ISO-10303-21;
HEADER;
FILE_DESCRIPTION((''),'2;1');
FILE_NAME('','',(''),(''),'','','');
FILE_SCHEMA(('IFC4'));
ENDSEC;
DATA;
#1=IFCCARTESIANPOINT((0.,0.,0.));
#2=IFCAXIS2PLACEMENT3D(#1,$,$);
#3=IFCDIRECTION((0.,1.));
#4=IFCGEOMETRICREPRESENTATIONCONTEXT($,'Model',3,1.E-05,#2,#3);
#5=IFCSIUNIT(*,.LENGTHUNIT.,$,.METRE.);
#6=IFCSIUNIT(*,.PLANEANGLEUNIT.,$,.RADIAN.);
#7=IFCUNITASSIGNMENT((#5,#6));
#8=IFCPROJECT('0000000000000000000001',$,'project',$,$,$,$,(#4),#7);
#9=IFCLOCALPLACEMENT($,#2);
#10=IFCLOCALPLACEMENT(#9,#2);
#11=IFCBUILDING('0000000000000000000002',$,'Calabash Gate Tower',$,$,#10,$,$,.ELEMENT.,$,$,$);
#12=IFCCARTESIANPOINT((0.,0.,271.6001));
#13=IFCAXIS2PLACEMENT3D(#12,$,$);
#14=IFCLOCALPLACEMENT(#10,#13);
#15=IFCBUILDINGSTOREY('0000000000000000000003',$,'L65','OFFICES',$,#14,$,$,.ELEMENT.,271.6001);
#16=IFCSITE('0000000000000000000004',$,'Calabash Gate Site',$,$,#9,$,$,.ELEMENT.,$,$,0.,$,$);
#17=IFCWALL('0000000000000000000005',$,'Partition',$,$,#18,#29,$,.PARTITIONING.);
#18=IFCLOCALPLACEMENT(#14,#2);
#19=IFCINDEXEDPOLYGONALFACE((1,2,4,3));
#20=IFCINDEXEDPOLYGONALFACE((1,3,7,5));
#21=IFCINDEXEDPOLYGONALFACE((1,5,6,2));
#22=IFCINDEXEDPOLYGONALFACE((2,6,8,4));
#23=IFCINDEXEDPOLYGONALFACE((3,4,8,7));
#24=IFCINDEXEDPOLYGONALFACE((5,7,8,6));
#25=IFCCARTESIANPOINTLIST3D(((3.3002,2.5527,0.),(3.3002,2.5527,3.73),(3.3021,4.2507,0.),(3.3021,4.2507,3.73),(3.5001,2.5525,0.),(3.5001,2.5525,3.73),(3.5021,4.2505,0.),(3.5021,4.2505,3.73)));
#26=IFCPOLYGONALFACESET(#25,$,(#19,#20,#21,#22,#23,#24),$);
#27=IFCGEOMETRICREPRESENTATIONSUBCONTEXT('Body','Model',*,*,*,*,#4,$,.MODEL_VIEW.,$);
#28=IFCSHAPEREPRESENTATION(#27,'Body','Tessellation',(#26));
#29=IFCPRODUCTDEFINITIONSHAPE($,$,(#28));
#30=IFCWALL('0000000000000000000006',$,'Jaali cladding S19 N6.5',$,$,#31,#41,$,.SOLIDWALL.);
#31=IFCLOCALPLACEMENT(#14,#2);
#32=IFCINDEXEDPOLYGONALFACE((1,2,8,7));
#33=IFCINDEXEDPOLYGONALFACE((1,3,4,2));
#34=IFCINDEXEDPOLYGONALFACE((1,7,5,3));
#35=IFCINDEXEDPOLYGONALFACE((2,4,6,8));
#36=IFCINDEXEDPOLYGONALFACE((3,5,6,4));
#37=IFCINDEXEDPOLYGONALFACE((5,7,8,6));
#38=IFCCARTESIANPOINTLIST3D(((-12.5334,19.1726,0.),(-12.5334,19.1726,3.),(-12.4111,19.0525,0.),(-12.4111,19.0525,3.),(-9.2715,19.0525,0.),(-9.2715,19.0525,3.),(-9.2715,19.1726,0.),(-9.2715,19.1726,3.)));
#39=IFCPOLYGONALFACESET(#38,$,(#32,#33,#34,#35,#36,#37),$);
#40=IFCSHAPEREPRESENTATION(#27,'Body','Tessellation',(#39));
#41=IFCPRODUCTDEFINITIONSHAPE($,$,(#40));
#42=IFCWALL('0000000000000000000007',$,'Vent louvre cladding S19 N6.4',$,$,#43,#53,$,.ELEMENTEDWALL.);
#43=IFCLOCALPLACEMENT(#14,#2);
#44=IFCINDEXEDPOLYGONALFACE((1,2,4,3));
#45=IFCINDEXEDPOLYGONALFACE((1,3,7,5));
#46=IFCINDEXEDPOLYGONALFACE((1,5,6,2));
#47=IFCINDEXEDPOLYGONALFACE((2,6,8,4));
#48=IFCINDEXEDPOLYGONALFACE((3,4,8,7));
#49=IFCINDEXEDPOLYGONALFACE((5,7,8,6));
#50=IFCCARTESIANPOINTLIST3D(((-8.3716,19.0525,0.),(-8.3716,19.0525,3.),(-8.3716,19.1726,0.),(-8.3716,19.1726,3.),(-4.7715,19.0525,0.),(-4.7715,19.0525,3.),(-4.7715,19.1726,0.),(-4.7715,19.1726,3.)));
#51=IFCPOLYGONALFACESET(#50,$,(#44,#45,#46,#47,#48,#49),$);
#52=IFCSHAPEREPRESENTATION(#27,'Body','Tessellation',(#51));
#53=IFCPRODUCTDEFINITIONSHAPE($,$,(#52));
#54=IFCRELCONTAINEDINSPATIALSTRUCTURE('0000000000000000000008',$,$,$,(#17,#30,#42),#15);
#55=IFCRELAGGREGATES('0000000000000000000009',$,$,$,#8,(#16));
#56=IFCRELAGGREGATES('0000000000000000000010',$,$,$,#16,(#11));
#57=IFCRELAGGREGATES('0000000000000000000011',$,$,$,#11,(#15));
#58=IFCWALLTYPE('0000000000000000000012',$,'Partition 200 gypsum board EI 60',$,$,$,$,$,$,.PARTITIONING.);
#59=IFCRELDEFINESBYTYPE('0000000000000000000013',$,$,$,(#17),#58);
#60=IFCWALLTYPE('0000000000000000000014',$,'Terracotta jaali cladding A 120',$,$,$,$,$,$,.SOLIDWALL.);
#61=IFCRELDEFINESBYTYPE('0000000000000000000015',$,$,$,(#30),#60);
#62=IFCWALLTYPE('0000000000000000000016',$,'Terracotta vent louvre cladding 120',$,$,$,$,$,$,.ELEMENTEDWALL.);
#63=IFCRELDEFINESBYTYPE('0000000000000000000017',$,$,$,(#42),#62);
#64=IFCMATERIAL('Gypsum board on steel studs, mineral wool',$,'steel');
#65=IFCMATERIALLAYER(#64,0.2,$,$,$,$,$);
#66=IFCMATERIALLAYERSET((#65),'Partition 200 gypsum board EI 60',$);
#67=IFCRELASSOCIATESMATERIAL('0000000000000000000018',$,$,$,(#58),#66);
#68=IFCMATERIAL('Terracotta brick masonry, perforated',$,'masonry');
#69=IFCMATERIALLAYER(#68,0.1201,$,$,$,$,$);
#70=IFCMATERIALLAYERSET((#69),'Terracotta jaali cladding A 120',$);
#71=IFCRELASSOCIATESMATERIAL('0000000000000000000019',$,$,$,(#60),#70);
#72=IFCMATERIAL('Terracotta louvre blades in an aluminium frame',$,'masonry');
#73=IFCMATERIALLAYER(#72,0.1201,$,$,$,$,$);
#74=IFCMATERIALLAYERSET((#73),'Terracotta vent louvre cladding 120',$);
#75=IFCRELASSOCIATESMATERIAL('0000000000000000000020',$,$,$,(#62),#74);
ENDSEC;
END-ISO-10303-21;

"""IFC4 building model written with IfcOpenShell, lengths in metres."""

from ifc_helpers import new_model, si_unit, direction, frame, frame_2d, origin, place, context, subcontext, project, spatial, polyline, rectangle, outline, extrude, material, layer, layer_set, type_object, element, save


model = new_model("IFC4")

# Units and contexts
model_context = context("Model", 3, precision=1e-05, world=origin(), true_north=direction((0.0, 1.0)))
body_context = subcontext(model_context, "Body", "Model", "MODEL_VIEW")
ifc_project = project(units=[si_unit("LENGTHUNIT", "METRE"), si_unit("PLANEANGLEUNIT", "RADIAN")], contexts=[model_context])

# Site, building, storey
site_placement = place(None, origin())
site = spatial("IfcSite", under=ifc_project, at=site_placement, Name="Calabash Gate Site", CompositionType="ELEMENT", RefElevation=0.0)
building_placement = place(site_placement, origin())
building = spatial("IfcBuilding", under=site, at=building_placement, Name="Calabash Gate Tower", CompositionType="ELEMENT")
storey_placement = place(building_placement, frame((0.0, 0.0, 271.6001)))
storey = spatial("IfcBuildingStorey", under=building, at=storey_placement, Name="L65", Description="OFFICES", CompositionType="ELEMENT", Elevation=271.6001)

# Walls
ifc_material_1 = material(Name="Gypsum board on steel studs, mineral wool", Category="steel")
ifc_layer_1 = layer(ifc_material_1, 0.2)
ifc_layer_set_1 = layer_set([ifc_layer_1], Name="Partition 200 gypsum board EI 60")
wall_type_1 = type_object("IfcWallType", Name="Partition 200 gypsum board EI 60", PredefinedType="PARTITIONING", material=ifc_layer_set_1)
wall_1_placement = place(storey_placement, frame((3.4001, 2.5525, 0.0), z_axis=(0.0, 0.0, 1.0), x_axis=(0.00115, 0.999999, 0.0)))
element("IfcWall", 1, at=wall_1_placement, inside=storey, type_object=wall_type_1, Name="Partition", PredefinedType="PARTITIONING", context=body_context, shape_type="SweptSolid", body=[
    extrude(rectangle(XDim=1.698, YDim=0.2, at=frame_2d((0.8491, 0.0))), origin(), (0.0, 0.0, 1.0), 3.73),
])
ifc_material_2 = material(Name="Terracotta brick masonry, perforated", Category="masonry")
ifc_layer_2 = layer(ifc_material_2, 0.1201)
ifc_layer_set_2 = layer_set([ifc_layer_2], Name="Terracotta jaali cladding A 120")
wall_type_2 = type_object("IfcWallType", Name="Terracotta jaali cladding A 120", PredefinedType="SOLIDWALL", material=ifc_layer_set_2)
wall_2_placement = place(storey_placement, origin())
element("IfcWall", 2, at=wall_2_placement, inside=storey, type_object=wall_type_2, Name="Jaali cladding S19 N6.5", PredefinedType="SOLIDWALL", context=body_context, shape_type="SweptSolid", body=[
    extrude(outline(polyline([(-12.4111, 19.0525), (-9.2715, 19.0525), (-9.2715, 19.1726), (-12.5334, 19.1726), (-12.4111, 19.0525)])), origin(), (0.0, 0.0, 1.0), 3.0),
])
ifc_material_3 = material(Name="Terracotta louvre blades in an aluminium frame", Category="masonry")
ifc_layer_3 = layer(ifc_material_3, 0.1201)
ifc_layer_set_3 = layer_set([ifc_layer_3], Name="Terracotta vent louvre cladding 120")
wall_type_3 = type_object("IfcWallType", Name="Terracotta vent louvre cladding 120", PredefinedType="ELEMENTEDWALL", material=ifc_layer_set_3)
wall_3_placement = place(storey_placement, origin())
element("IfcWall", 3, at=wall_3_placement, inside=storey, type_object=wall_type_3, Name="Vent louvre cladding S19 N6.4", PredefinedType="ELEMENTEDWALL", context=body_context, shape_type="SweptSolid", body=[
    extrude(outline(polyline([(-8.3716, 19.1726), (-8.3716, 19.0525), (-4.7715, 19.0525), (-4.7715, 19.1726), (-8.3716, 19.1726)])), origin(), (0.0, 0.0, 1.0), 3.0),
])

save(model, "model.ifc")
